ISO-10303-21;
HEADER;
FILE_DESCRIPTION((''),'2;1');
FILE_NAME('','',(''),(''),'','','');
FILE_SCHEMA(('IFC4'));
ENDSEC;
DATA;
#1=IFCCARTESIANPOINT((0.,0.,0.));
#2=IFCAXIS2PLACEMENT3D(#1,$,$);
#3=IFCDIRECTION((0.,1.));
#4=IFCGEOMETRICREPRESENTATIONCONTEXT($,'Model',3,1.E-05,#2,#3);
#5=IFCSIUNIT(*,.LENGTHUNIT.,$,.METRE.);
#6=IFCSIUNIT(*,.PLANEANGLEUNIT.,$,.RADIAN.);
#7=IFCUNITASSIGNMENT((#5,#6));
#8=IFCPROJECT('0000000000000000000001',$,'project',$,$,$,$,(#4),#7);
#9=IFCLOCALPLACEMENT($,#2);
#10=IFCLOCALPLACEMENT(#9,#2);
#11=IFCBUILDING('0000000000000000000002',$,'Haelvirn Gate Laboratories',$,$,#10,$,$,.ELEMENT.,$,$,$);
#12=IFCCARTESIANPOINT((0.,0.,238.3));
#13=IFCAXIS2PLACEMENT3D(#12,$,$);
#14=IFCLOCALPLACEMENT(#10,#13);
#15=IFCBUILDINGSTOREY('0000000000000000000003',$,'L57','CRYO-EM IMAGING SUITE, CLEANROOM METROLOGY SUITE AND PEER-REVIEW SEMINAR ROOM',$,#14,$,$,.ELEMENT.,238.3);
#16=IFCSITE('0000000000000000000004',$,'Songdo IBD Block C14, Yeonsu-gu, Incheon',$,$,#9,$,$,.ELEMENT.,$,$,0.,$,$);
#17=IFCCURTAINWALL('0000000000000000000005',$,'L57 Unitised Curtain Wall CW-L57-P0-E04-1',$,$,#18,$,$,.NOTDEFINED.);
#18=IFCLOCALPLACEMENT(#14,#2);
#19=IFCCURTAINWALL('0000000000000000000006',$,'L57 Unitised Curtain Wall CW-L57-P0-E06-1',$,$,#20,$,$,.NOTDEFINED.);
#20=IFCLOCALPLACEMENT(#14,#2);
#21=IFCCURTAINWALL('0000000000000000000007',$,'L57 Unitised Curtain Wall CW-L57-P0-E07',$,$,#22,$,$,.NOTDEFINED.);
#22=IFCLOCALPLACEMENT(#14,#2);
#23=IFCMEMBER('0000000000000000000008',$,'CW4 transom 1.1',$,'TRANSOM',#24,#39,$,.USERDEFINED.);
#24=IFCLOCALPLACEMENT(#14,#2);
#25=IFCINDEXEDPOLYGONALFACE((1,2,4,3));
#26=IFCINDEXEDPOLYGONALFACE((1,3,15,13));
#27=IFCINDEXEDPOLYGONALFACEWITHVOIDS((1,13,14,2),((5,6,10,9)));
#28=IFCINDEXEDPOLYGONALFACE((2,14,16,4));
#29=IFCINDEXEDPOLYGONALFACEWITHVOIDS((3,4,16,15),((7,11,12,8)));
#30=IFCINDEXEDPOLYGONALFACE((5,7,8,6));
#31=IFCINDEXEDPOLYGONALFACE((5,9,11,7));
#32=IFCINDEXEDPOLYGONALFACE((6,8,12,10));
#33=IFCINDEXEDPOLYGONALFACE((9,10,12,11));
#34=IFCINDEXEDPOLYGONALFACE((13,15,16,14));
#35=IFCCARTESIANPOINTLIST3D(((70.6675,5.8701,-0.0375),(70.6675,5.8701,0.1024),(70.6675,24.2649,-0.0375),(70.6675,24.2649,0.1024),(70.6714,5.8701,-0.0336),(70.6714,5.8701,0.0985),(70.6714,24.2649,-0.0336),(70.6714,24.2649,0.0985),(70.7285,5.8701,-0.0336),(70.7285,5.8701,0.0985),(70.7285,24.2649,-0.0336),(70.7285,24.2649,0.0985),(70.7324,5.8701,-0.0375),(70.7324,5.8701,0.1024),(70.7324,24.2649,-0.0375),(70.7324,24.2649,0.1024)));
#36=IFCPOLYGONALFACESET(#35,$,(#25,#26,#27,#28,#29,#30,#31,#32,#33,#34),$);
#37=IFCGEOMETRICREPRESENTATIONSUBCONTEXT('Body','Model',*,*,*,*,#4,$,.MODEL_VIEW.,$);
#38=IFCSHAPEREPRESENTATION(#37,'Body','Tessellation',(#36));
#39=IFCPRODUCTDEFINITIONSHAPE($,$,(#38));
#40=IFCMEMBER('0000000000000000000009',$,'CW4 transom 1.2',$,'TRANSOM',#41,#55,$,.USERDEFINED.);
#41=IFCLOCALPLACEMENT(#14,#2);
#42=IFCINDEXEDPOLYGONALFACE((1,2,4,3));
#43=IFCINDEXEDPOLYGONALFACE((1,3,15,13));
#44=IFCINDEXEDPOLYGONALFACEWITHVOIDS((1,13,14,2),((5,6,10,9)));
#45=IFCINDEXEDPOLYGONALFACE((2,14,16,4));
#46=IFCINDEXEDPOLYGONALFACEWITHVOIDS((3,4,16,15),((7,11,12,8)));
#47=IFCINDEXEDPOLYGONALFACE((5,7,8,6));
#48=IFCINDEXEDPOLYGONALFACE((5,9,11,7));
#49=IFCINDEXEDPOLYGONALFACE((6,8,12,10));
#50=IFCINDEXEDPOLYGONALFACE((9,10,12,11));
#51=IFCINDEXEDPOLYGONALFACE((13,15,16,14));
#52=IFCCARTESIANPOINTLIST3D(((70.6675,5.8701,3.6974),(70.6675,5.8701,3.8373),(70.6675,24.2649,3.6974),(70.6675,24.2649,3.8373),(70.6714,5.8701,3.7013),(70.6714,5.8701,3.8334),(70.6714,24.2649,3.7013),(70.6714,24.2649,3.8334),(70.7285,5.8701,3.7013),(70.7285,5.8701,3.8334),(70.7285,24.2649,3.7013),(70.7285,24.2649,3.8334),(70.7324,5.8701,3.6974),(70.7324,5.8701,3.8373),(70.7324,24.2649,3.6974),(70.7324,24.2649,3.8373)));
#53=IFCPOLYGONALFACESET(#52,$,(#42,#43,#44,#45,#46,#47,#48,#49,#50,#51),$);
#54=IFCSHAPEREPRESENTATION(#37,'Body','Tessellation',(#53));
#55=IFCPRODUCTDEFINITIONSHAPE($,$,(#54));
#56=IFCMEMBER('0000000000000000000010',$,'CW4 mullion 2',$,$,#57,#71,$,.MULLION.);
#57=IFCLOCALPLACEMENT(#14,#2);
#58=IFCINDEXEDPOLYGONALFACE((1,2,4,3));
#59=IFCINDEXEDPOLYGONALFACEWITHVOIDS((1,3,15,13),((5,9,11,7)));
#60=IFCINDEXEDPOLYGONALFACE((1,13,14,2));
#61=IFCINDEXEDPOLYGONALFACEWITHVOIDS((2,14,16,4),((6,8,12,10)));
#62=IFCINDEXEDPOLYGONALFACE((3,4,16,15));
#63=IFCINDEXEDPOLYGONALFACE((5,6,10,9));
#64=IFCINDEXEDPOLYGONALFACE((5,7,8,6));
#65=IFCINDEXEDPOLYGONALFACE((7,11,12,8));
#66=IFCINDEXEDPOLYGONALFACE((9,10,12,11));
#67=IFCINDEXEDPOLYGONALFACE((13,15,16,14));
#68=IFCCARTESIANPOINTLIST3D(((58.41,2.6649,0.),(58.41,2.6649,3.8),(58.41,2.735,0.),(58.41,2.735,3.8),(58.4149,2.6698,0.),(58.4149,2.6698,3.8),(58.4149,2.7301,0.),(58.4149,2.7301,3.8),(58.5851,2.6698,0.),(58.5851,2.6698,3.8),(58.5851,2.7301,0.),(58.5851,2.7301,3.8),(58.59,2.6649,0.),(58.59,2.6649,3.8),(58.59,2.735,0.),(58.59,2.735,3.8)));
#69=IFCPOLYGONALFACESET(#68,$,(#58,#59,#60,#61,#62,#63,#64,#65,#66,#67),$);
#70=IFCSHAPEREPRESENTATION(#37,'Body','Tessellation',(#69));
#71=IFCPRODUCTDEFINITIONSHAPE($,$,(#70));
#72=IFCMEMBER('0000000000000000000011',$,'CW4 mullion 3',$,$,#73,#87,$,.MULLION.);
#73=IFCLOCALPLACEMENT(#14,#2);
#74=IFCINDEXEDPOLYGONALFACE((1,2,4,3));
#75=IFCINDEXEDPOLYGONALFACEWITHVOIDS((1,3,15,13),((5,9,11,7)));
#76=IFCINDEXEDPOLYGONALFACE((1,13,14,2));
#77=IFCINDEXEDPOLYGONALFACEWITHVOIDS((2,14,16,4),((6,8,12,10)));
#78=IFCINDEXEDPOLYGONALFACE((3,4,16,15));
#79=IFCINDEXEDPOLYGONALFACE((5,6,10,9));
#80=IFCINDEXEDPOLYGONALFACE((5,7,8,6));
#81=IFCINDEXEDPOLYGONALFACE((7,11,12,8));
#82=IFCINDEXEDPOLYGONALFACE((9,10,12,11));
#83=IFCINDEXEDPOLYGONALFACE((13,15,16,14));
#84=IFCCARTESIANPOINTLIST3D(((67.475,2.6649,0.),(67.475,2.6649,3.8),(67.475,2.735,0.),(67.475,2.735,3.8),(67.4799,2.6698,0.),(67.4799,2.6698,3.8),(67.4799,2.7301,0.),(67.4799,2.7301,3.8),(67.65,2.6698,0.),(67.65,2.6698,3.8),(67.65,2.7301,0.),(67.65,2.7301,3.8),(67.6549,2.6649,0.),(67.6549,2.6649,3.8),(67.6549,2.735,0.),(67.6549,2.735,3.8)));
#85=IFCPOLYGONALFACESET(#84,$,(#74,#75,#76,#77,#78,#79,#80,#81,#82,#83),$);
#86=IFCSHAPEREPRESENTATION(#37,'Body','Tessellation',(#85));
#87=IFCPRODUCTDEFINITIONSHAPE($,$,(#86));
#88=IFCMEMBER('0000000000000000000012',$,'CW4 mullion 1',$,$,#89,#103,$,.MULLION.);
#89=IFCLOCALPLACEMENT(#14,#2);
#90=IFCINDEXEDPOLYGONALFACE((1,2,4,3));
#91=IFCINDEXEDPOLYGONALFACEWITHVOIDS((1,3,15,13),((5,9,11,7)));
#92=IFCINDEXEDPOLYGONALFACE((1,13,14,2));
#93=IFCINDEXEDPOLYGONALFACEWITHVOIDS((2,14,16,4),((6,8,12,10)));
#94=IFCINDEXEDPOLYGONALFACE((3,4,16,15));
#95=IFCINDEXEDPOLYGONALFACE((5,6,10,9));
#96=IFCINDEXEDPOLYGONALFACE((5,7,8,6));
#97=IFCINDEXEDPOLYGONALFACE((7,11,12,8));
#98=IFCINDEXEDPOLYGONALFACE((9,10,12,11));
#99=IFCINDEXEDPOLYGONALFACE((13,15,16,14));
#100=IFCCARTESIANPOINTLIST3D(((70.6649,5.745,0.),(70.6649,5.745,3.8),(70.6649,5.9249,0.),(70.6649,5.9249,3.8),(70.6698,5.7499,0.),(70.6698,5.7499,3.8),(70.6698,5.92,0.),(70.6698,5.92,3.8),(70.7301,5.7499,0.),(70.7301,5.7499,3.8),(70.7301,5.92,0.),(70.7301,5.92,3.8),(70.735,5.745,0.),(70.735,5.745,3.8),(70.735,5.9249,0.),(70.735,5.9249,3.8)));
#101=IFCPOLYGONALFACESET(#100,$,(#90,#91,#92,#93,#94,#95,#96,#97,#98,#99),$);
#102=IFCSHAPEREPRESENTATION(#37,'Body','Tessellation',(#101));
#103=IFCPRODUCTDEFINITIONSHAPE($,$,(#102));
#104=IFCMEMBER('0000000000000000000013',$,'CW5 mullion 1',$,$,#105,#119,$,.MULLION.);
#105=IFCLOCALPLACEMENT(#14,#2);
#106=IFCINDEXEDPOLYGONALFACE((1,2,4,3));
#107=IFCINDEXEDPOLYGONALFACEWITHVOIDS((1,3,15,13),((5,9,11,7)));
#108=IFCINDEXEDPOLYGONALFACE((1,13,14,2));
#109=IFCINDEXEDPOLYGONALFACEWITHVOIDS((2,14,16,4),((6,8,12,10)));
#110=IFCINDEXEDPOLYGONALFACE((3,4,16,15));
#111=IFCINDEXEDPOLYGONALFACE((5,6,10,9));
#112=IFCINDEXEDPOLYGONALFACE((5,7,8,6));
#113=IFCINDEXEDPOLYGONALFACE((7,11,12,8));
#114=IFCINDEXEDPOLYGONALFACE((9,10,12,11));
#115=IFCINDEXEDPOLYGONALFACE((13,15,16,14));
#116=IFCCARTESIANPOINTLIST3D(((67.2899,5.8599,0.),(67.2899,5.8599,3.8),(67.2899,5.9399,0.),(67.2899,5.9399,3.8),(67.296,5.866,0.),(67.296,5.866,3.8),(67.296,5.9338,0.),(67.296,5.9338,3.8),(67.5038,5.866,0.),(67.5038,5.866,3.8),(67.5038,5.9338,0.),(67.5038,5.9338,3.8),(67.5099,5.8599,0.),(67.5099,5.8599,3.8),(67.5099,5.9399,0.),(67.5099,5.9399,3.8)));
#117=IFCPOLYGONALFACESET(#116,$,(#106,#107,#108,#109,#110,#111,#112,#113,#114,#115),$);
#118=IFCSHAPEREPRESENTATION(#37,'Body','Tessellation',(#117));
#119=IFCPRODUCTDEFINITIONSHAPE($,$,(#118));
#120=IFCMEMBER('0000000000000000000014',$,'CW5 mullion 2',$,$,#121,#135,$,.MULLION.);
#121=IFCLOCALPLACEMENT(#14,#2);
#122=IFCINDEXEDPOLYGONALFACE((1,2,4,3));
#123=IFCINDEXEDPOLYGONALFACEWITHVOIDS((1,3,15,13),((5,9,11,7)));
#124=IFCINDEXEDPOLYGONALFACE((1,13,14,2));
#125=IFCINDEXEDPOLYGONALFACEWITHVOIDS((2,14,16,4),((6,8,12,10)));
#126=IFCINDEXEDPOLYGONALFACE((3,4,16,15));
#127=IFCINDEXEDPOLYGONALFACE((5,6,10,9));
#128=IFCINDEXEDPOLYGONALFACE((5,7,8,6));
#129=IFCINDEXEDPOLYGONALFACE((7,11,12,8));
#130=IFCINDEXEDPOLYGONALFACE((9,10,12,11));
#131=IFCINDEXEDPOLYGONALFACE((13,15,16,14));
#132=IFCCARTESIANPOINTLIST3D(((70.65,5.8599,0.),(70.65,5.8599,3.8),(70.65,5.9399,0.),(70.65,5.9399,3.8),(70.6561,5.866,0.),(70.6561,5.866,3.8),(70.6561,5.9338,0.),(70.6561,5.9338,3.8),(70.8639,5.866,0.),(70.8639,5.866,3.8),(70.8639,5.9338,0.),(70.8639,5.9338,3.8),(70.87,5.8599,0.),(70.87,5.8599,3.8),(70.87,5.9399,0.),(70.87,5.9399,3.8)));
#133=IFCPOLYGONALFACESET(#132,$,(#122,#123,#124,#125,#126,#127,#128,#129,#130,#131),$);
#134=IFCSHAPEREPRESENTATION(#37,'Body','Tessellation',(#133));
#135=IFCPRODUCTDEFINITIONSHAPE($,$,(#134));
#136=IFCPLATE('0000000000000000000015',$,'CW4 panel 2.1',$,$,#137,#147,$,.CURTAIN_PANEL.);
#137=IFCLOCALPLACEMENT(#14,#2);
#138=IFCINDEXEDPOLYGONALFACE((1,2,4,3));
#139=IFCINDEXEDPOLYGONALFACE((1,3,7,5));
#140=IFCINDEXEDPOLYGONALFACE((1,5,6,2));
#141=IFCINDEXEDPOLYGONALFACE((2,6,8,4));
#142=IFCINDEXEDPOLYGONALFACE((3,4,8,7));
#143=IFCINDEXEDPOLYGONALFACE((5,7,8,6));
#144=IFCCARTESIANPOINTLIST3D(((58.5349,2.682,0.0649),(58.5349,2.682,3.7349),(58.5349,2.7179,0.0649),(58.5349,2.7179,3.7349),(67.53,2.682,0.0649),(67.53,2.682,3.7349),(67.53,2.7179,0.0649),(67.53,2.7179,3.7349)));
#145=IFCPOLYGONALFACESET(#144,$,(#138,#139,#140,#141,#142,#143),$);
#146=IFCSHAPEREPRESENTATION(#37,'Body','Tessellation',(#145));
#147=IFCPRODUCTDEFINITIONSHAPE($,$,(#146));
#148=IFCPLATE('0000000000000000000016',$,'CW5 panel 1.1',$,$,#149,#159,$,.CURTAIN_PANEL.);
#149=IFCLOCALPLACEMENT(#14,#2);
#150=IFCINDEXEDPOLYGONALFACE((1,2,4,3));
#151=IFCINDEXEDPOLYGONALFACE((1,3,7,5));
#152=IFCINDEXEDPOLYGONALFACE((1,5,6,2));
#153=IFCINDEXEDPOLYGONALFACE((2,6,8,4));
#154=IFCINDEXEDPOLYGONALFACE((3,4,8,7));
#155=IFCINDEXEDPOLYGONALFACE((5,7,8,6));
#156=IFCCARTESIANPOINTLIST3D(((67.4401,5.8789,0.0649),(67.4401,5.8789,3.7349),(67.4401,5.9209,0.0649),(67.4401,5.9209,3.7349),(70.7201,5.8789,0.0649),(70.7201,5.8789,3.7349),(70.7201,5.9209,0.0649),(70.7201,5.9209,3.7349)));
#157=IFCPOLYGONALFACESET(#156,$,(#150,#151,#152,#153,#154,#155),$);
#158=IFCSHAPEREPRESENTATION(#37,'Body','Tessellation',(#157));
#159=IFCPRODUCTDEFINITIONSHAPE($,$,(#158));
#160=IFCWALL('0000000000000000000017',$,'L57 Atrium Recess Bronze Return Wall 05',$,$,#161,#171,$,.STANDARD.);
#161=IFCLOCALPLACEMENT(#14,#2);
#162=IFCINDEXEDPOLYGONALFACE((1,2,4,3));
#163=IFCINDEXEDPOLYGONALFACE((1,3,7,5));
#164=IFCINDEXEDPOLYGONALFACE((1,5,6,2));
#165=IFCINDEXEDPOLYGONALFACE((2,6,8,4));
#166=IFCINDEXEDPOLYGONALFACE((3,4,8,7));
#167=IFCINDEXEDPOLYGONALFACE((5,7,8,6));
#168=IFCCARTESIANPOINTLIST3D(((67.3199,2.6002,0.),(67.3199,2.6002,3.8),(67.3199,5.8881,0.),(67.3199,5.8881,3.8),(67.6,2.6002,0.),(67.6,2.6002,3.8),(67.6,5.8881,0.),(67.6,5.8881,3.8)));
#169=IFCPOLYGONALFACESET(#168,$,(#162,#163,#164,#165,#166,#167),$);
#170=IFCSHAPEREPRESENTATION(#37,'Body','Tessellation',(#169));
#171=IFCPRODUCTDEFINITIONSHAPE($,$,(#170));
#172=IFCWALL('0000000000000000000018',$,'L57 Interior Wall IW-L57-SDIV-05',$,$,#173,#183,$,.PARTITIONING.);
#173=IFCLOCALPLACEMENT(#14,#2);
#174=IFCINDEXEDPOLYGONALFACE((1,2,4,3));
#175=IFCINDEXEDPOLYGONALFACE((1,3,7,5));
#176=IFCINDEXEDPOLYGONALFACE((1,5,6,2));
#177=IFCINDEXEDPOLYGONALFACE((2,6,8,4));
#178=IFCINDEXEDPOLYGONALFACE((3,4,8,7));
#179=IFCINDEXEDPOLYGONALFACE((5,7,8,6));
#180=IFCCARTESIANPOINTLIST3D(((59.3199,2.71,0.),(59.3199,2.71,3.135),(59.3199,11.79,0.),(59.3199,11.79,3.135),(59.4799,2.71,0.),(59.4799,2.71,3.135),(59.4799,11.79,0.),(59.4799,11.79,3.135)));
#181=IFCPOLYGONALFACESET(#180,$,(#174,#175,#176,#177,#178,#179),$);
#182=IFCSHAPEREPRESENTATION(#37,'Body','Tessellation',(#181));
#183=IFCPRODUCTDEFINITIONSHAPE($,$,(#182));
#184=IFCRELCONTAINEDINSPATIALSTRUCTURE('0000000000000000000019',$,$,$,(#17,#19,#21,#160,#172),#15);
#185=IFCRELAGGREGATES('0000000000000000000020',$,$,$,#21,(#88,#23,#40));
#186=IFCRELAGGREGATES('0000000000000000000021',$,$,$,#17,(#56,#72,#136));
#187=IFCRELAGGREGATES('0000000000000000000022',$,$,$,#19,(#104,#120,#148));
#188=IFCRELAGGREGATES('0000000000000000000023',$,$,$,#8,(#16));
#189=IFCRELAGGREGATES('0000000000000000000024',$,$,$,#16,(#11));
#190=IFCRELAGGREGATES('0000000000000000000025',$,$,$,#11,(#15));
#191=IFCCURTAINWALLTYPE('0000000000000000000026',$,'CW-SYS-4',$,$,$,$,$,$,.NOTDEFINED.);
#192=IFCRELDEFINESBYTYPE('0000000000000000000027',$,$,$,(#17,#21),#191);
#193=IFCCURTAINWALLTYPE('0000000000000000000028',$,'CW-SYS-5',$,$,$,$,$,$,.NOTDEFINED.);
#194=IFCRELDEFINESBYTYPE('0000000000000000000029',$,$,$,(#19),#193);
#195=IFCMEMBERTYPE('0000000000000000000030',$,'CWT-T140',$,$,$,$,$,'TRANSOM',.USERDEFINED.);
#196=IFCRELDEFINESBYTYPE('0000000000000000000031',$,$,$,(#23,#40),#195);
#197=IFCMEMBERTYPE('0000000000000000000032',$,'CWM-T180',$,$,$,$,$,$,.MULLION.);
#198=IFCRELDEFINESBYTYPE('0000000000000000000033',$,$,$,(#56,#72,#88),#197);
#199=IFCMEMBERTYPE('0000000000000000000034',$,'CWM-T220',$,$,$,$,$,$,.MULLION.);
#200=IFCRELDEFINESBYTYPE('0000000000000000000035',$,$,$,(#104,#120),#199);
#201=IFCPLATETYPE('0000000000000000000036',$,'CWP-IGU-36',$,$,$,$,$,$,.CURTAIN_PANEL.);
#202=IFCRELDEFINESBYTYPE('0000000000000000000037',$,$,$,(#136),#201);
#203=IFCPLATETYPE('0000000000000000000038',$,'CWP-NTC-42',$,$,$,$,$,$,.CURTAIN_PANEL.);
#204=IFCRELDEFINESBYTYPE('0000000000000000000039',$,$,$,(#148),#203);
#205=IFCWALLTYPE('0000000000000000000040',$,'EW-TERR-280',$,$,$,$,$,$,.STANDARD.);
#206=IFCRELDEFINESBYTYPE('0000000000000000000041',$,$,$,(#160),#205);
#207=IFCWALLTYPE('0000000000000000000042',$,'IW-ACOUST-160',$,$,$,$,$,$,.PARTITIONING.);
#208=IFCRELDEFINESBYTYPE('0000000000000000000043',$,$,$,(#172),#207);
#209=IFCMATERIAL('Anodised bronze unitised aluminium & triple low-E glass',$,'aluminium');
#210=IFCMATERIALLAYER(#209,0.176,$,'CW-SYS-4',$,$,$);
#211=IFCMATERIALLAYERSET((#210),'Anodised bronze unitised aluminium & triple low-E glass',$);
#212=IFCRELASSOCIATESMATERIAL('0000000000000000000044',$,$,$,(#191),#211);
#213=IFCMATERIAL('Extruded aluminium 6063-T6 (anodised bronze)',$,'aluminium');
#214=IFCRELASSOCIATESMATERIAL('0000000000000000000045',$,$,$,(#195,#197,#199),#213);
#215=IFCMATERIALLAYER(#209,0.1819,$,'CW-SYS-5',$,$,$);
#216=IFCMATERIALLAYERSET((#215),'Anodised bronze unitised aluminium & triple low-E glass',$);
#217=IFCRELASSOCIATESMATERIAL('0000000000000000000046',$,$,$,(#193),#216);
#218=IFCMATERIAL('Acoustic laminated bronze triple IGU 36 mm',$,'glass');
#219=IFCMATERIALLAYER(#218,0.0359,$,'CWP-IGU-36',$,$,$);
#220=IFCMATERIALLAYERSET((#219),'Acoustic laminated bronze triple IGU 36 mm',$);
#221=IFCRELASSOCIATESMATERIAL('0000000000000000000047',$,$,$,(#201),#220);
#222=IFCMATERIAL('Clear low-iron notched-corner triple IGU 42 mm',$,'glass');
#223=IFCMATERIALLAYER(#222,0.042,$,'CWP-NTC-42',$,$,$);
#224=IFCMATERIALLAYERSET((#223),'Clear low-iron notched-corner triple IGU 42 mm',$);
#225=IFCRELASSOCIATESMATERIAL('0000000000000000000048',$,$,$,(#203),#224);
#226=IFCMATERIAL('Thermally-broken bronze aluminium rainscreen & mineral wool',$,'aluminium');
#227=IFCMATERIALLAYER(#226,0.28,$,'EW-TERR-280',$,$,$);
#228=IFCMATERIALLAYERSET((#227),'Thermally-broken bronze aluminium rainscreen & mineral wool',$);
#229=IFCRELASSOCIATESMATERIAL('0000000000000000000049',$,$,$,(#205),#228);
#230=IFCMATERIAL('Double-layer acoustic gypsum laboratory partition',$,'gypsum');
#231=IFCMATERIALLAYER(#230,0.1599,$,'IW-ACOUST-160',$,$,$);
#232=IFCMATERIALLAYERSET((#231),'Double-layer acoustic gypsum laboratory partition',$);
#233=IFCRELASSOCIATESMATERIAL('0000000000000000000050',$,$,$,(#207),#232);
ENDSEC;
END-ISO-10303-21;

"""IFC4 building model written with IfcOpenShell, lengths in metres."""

from ifc_helpers import new_model, si_unit, direction, frame, frame_2d, origin, origin_2d, place, context, subcontext, project, spatial, rectangle, hollow_rectangle, extrude, source, transform, mapped, material, layer, layer_set, material_profile, profile_set, type_object, type_shapes, element, aggregate, save


model = new_model("IFC4")

# Units and contexts
model_context = context("Model", 3, precision=1e-05, world=origin(), true_north=direction((0.0, 1.0)))
body_context = subcontext(model_context, "Body", "Model", "MODEL_VIEW")
ifc_project = project(units=[si_unit("LENGTHUNIT", "METRE"), si_unit("PLANEANGLEUNIT", "RADIAN")], contexts=[model_context])

# Site, building, storey
site_placement = place(None, origin())
site = spatial("IfcSite", under=ifc_project, at=site_placement, Name="Songdo IBD Block C14, Yeonsu-gu, Incheon", CompositionType="ELEMENT", RefElevation=0.0)
building_placement = place(site_placement, origin())
building = spatial("IfcBuilding", under=site, at=building_placement, Name="Haelvirn Gate Laboratories", CompositionType="ELEMENT")
storey_placement = place(building_placement, frame((0.0, 0.0, 238.3)))
storey = spatial("IfcBuildingStorey", under=building, at=storey_placement, Name="L57", Description="CRYO-EM IMAGING SUITE, CLEANROOM METROLOGY SUITE AND PEER-REVIEW SEMINAR ROOM", CompositionType="ELEMENT", Elevation=238.3)

# Curtain walls, members
ifc_material_1 = material(Name="Anodised bronze unitised aluminium & triple low-E glass", Category="aluminium")
ifc_layer_1 = layer(ifc_material_1, 0.176, Name="CW-SYS-4")
ifc_layer_set_1 = layer_set([ifc_layer_1], Name="Anodised bronze unitised aluminium & triple low-E glass")
curtain_wall_type_1 = type_object("IfcCurtainWallType", Name="CW-SYS-4", PredefinedType="NOTDEFINED", material=ifc_layer_set_1)
curtain_wall_1_placement = place(storey_placement, origin())
curtain_wall_1 = element("IfcCurtainWall", 1, at=curtain_wall_1_placement, inside=storey, type_object=curtain_wall_type_1, Name="L57 Unitised Curtain Wall CW-L57-P0-E04-1", PredefinedType="NOTDEFINED")
ifc_material_2 = material(Name="Extruded aluminium 6063-T6 (anodised bronze)", Category="aluminium")
ifc_material_profile_1 = material_profile(ifc_material_2, hollow_rectangle(XDim=0.0649, YDim=0.1399, WallThickness=0.0039, at=origin_2d()), Name="CWT-140x65x4")
ifc_profile_set_1 = profile_set([ifc_material_profile_1], Name="Extruded aluminium 6063-T6 (anodised bronze)")
member_type_1 = type_object("IfcMemberType", Name="CWT-T140", ElementType="TRANSOM", PredefinedType="USERDEFINED", material=ifc_profile_set_1)
ifc_layer_2 = layer(ifc_material_1, 0.1819, Name="CW-SYS-5")
ifc_layer_set_2 = layer_set([ifc_layer_2], Name="Anodised bronze unitised aluminium & triple low-E glass")
curtain_wall_type_2 = type_object("IfcCurtainWallType", Name="CW-SYS-5", PredefinedType="NOTDEFINED", material=ifc_layer_set_2)
curtain_wall_2_placement = place(storey_placement, origin())
curtain_wall_2 = element("IfcCurtainWall", 2, at=curtain_wall_2_placement, inside=storey, type_object=curtain_wall_type_2, Name="L57 Unitised Curtain Wall CW-L57-P0-E06-1", PredefinedType="NOTDEFINED")
curtain_wall_3_placement = place(storey_placement, origin())
curtain_wall_3 = element("IfcCurtainWall", 3, at=curtain_wall_3_placement, inside=storey, type_object=curtain_wall_type_1, Name="L57 Unitised Curtain Wall CW-L57-P0-E07", PredefinedType="NOTDEFINED")
shared_shape_1 = source(origin(), body_context, "Body", "SweptSolid", [
    extrude(hollow_rectangle(XDim=0.0649, YDim=0.1399, WallThickness=0.0039, at=origin_2d()), origin(), (0.0, 0.0, 1.0), 18.3948),
])
member_1_placement = place(storey_placement, frame((70.7, 5.8701, 0.0325), z_axis=(0.0, 1.0, 0.0), x_axis=(-1.0, 0.0, 0.0)))
member_1 = element("IfcMember", 4, at=member_1_placement, type_object=member_type_1, Name="CW4 transom 1.1", ObjectType="TRANSOM", PredefinedType="USERDEFINED", context=body_context, shape_type="MappedRepresentation", body=[
    mapped(shared_shape_1, transform((0.0, 0.0, 0.0), scale=1.0)),
])
member_2_placement = place(storey_placement, frame((70.7, 5.8701, 3.7673), z_axis=(0.0, 1.0, 0.0), x_axis=(-1.0, 0.0, 0.0)))
member_2 = element("IfcMember", 5, at=member_2_placement, type_object=member_type_1, Name="CW4 transom 1.2", ObjectType="TRANSOM", PredefinedType="USERDEFINED", context=body_context, shape_type="MappedRepresentation", body=[
    mapped(shared_shape_1, transform((0.0, 0.0, 0.0), scale=1.0)),
])

# Members
ifc_material_profile_2 = material_profile(ifc_material_2, hollow_rectangle(XDim=0.0701, YDim=0.1799, WallThickness=0.0049, at=origin_2d()), Name="CWM-180x70x5")
ifc_profile_set_2 = profile_set([ifc_material_profile_2], Name="Extruded aluminium 6063-T6 (anodised bronze)")
member_type_2 = type_object("IfcMemberType", Name="CWM-T180", PredefinedType="MULLION", material=ifc_profile_set_2)
shared_shape_2 = source(origin(), body_context, "Body", "SweptSolid", [
    extrude(hollow_rectangle(XDim=0.0701, YDim=0.1799, WallThickness=0.0049, at=origin_2d()), origin(), (0.0, 0.0, 1.0), 3.8),
])
type_shapes(member_type_2, [shared_shape_2])
member_3_placement = place(storey_placement, frame((58.5, 2.7, 0.0), z_axis=(0.0, 0.0, 1.0), x_axis=(0.0, 1.0, 0.0)))
member_3 = element("IfcMember", 6, at=member_3_placement, type_object=member_type_2, Name="CW4 mullion 2", PredefinedType="MULLION", context=body_context, shape_type="MappedRepresentation", body=[
    mapped(shared_shape_2, transform((0.0, 0.0, 0.0), scale=1.0)),
])
member_4_placement = place(storey_placement, frame((67.5649, 2.7, 0.0), z_axis=(0.0, 0.0, 1.0), x_axis=(0.0, 1.0, 0.0)))
member_4 = element("IfcMember", 7, at=member_4_placement, type_object=member_type_2, Name="CW4 mullion 3", PredefinedType="MULLION", context=body_context, shape_type="MappedRepresentation", body=[
    mapped(shared_shape_2, transform((0.0, 0.0, 0.0), scale=1.0)),
])
member_5_placement = place(storey_placement, frame((70.7, 5.835, 0.0), z_axis=(0.0, 0.0, 1.0), x_axis=(-1.0, 0.0, 0.0)))
member_5 = element("IfcMember", 8, at=member_5_placement, type_object=member_type_2, Name="CW4 mullion 1", PredefinedType="MULLION", context=body_context, shape_type="MappedRepresentation", body=[
    mapped(shared_shape_2, transform((0.0, 0.0, 0.0), scale=1.0)),
])
aggregate(curtain_wall_3, [member_5, member_1, member_2])
ifc_material_profile_3 = material_profile(ifc_material_2, hollow_rectangle(XDim=0.0801, YDim=0.22, WallThickness=0.0061, at=origin_2d()), Name="CWM-220x80x6")
ifc_profile_set_3 = profile_set([ifc_material_profile_3], Name="Extruded aluminium 6063-T6 (anodised bronze)")
member_type_3 = type_object("IfcMemberType", Name="CWM-T220", PredefinedType="MULLION", material=ifc_profile_set_3)
shared_shape_3 = source(origin(), body_context, "Body", "SweptSolid", [
    extrude(hollow_rectangle(XDim=0.0801, YDim=0.22, WallThickness=0.0061, at=origin_2d()), origin(), (0.0, 0.0, 1.0), 3.8),
])
type_shapes(member_type_3, [shared_shape_3])
member_6_placement = place(storey_placement, frame((67.3999, 5.8999, 0.0), z_axis=(0.0, 0.0, 1.0), x_axis=(0.0, 1.0, 0.0)))
member_6 = element("IfcMember", 9, at=member_6_placement, type_object=member_type_3, Name="CW5 mullion 1", PredefinedType="MULLION", context=body_context, shape_type="MappedRepresentation", body=[
    mapped(shared_shape_3, transform((0.0, 0.0, 0.0), scale=1.0)),
])
member_7_placement = place(storey_placement, frame((70.76, 5.8999, 0.0), z_axis=(0.0, 0.0, 1.0), x_axis=(0.0, 1.0, 0.0)))
member_7 = element("IfcMember", 10, at=member_7_placement, type_object=member_type_3, Name="CW5 mullion 2", PredefinedType="MULLION", context=body_context, shape_type="MappedRepresentation", body=[
    mapped(shared_shape_3, transform((0.0, 0.0, 0.0), scale=1.0)),
])

# Plates
ifc_material_3 = material(Name="Acoustic laminated bronze triple IGU 36 mm", Category="glass")
ifc_layer_3 = layer(ifc_material_3, 0.0359, Name="CWP-IGU-36")
ifc_layer_set_3 = layer_set([ifc_layer_3], Name="Acoustic laminated bronze triple IGU 36 mm")
plate_type_1 = type_object("IfcPlateType", Name="CWP-IGU-36", PredefinedType="CURTAIN_PANEL", material=ifc_layer_set_3)
shared_shape_4 = source(origin(), body_context, "Body", "SweptSolid", [
    extrude(rectangle(XDim=8.9951, YDim=0.0359, at=origin_2d()), origin(), (0.0, 0.0, 1.0), 3.6699),
])
type_shapes(plate_type_1, [shared_shape_4])
plate_1_placement = place(storey_placement, frame((63.0325, 2.7, 0.0649), z_axis=(0.0, 0.0, 1.0), x_axis=(1.0, 0.0, 0.0)))
plate_1 = element("IfcPlate", 11, at=plate_1_placement, type_object=plate_type_1, Name="CW4 panel 2.1", PredefinedType="CURTAIN_PANEL", context=body_context, shape_type="MappedRepresentation", body=[
    mapped(shared_shape_4, transform((0.0, 0.0, 0.0), scale=1.0)),
])
aggregate(curtain_wall_1, [member_3, member_4, plate_1])
ifc_material_4 = material(Name="Clear low-iron notched-corner triple IGU 42 mm", Category="glass")
ifc_layer_4 = layer(ifc_material_4, 0.042, Name="CWP-NTC-42")
ifc_layer_set_4 = layer_set([ifc_layer_4], Name="Clear low-iron notched-corner triple IGU 42 mm")
plate_type_2 = type_object("IfcPlateType", Name="CWP-NTC-42", PredefinedType="CURTAIN_PANEL", material=ifc_layer_set_4)
shared_shape_5 = source(origin(), body_context, "Body", "SweptSolid", [
    extrude(rectangle(XDim=3.28, YDim=0.042, at=origin_2d()), origin(), (0.0, 0.0, 1.0), 3.6699),
])
type_shapes(plate_type_2, [shared_shape_5])
plate_2_placement = place(storey_placement, frame((69.0801, 5.8999, 0.0649), z_axis=(0.0, 0.0, 1.0), x_axis=(1.0, 0.0, 0.0)))
plate_2 = element("IfcPlate", 12, at=plate_2_placement, type_object=plate_type_2, Name="CW5 panel 1.1", PredefinedType="CURTAIN_PANEL", context=body_context, shape_type="MappedRepresentation", body=[
    mapped(shared_shape_5, transform((0.0, 0.0, 0.0), scale=1.0)),
])
aggregate(curtain_wall_2, [member_6, member_7, plate_2])

# Walls
ifc_material_5 = material(Name="Thermally-broken bronze aluminium rainscreen & mineral wool", Category="aluminium")
ifc_layer_5 = layer(ifc_material_5, 0.28, Name="EW-TERR-280")
ifc_layer_set_5 = layer_set([ifc_layer_5], Name="Thermally-broken bronze aluminium rainscreen & mineral wool")
wall_type_1 = type_object("IfcWallType", Name="EW-TERR-280", PredefinedType="STANDARD", material=ifc_layer_set_5)
wall_1_placement = place(storey_placement, frame((67.46, 2.6001, 0.0), z_axis=(0.0, 0.0, 1.0), x_axis=(0.0, 1.0, 0.0)))
element("IfcWall", 13, at=wall_1_placement, inside=storey, type_object=wall_type_1, Name="L57 Atrium Recess Bronze Return Wall 05", PredefinedType="STANDARD", context=body_context, shape_type="SweptSolid", body=[
    extrude(rectangle(XDim=3.2878, YDim=0.28, at=frame_2d((1.644, 0.0))), origin(), (0.0, 0.0, 1.0), 3.8),
])
ifc_material_6 = material(Name="Double-layer acoustic gypsum laboratory partition", Category="gypsum")
ifc_layer_6 = layer(ifc_material_6, 0.1599, Name="IW-ACOUST-160")
ifc_layer_set_6 = layer_set([ifc_layer_6], Name="Double-layer acoustic gypsum laboratory partition")
wall_type_2 = type_object("IfcWallType", Name="IW-ACOUST-160", PredefinedType="PARTITIONING", material=ifc_layer_set_6)
wall_2_placement = place(storey_placement, frame((59.3999, 2.71, 0.0), z_axis=(0.0, 0.0, 1.0), x_axis=(0.0, 1.0, 0.0)))
element("IfcWall", 14, at=wall_2_placement, inside=storey, type_object=wall_type_2, Name="L57 Interior Wall IW-L57-SDIV-05", PredefinedType="PARTITIONING", context=body_context, shape_type="SweptSolid", body=[
    extrude(rectangle(XDim=9.0801, YDim=0.1599, at=frame_2d((4.54, 0.0))), origin(), (0.0, 0.0, 1.0), 3.135),
])

save(model, "model.ifc")
